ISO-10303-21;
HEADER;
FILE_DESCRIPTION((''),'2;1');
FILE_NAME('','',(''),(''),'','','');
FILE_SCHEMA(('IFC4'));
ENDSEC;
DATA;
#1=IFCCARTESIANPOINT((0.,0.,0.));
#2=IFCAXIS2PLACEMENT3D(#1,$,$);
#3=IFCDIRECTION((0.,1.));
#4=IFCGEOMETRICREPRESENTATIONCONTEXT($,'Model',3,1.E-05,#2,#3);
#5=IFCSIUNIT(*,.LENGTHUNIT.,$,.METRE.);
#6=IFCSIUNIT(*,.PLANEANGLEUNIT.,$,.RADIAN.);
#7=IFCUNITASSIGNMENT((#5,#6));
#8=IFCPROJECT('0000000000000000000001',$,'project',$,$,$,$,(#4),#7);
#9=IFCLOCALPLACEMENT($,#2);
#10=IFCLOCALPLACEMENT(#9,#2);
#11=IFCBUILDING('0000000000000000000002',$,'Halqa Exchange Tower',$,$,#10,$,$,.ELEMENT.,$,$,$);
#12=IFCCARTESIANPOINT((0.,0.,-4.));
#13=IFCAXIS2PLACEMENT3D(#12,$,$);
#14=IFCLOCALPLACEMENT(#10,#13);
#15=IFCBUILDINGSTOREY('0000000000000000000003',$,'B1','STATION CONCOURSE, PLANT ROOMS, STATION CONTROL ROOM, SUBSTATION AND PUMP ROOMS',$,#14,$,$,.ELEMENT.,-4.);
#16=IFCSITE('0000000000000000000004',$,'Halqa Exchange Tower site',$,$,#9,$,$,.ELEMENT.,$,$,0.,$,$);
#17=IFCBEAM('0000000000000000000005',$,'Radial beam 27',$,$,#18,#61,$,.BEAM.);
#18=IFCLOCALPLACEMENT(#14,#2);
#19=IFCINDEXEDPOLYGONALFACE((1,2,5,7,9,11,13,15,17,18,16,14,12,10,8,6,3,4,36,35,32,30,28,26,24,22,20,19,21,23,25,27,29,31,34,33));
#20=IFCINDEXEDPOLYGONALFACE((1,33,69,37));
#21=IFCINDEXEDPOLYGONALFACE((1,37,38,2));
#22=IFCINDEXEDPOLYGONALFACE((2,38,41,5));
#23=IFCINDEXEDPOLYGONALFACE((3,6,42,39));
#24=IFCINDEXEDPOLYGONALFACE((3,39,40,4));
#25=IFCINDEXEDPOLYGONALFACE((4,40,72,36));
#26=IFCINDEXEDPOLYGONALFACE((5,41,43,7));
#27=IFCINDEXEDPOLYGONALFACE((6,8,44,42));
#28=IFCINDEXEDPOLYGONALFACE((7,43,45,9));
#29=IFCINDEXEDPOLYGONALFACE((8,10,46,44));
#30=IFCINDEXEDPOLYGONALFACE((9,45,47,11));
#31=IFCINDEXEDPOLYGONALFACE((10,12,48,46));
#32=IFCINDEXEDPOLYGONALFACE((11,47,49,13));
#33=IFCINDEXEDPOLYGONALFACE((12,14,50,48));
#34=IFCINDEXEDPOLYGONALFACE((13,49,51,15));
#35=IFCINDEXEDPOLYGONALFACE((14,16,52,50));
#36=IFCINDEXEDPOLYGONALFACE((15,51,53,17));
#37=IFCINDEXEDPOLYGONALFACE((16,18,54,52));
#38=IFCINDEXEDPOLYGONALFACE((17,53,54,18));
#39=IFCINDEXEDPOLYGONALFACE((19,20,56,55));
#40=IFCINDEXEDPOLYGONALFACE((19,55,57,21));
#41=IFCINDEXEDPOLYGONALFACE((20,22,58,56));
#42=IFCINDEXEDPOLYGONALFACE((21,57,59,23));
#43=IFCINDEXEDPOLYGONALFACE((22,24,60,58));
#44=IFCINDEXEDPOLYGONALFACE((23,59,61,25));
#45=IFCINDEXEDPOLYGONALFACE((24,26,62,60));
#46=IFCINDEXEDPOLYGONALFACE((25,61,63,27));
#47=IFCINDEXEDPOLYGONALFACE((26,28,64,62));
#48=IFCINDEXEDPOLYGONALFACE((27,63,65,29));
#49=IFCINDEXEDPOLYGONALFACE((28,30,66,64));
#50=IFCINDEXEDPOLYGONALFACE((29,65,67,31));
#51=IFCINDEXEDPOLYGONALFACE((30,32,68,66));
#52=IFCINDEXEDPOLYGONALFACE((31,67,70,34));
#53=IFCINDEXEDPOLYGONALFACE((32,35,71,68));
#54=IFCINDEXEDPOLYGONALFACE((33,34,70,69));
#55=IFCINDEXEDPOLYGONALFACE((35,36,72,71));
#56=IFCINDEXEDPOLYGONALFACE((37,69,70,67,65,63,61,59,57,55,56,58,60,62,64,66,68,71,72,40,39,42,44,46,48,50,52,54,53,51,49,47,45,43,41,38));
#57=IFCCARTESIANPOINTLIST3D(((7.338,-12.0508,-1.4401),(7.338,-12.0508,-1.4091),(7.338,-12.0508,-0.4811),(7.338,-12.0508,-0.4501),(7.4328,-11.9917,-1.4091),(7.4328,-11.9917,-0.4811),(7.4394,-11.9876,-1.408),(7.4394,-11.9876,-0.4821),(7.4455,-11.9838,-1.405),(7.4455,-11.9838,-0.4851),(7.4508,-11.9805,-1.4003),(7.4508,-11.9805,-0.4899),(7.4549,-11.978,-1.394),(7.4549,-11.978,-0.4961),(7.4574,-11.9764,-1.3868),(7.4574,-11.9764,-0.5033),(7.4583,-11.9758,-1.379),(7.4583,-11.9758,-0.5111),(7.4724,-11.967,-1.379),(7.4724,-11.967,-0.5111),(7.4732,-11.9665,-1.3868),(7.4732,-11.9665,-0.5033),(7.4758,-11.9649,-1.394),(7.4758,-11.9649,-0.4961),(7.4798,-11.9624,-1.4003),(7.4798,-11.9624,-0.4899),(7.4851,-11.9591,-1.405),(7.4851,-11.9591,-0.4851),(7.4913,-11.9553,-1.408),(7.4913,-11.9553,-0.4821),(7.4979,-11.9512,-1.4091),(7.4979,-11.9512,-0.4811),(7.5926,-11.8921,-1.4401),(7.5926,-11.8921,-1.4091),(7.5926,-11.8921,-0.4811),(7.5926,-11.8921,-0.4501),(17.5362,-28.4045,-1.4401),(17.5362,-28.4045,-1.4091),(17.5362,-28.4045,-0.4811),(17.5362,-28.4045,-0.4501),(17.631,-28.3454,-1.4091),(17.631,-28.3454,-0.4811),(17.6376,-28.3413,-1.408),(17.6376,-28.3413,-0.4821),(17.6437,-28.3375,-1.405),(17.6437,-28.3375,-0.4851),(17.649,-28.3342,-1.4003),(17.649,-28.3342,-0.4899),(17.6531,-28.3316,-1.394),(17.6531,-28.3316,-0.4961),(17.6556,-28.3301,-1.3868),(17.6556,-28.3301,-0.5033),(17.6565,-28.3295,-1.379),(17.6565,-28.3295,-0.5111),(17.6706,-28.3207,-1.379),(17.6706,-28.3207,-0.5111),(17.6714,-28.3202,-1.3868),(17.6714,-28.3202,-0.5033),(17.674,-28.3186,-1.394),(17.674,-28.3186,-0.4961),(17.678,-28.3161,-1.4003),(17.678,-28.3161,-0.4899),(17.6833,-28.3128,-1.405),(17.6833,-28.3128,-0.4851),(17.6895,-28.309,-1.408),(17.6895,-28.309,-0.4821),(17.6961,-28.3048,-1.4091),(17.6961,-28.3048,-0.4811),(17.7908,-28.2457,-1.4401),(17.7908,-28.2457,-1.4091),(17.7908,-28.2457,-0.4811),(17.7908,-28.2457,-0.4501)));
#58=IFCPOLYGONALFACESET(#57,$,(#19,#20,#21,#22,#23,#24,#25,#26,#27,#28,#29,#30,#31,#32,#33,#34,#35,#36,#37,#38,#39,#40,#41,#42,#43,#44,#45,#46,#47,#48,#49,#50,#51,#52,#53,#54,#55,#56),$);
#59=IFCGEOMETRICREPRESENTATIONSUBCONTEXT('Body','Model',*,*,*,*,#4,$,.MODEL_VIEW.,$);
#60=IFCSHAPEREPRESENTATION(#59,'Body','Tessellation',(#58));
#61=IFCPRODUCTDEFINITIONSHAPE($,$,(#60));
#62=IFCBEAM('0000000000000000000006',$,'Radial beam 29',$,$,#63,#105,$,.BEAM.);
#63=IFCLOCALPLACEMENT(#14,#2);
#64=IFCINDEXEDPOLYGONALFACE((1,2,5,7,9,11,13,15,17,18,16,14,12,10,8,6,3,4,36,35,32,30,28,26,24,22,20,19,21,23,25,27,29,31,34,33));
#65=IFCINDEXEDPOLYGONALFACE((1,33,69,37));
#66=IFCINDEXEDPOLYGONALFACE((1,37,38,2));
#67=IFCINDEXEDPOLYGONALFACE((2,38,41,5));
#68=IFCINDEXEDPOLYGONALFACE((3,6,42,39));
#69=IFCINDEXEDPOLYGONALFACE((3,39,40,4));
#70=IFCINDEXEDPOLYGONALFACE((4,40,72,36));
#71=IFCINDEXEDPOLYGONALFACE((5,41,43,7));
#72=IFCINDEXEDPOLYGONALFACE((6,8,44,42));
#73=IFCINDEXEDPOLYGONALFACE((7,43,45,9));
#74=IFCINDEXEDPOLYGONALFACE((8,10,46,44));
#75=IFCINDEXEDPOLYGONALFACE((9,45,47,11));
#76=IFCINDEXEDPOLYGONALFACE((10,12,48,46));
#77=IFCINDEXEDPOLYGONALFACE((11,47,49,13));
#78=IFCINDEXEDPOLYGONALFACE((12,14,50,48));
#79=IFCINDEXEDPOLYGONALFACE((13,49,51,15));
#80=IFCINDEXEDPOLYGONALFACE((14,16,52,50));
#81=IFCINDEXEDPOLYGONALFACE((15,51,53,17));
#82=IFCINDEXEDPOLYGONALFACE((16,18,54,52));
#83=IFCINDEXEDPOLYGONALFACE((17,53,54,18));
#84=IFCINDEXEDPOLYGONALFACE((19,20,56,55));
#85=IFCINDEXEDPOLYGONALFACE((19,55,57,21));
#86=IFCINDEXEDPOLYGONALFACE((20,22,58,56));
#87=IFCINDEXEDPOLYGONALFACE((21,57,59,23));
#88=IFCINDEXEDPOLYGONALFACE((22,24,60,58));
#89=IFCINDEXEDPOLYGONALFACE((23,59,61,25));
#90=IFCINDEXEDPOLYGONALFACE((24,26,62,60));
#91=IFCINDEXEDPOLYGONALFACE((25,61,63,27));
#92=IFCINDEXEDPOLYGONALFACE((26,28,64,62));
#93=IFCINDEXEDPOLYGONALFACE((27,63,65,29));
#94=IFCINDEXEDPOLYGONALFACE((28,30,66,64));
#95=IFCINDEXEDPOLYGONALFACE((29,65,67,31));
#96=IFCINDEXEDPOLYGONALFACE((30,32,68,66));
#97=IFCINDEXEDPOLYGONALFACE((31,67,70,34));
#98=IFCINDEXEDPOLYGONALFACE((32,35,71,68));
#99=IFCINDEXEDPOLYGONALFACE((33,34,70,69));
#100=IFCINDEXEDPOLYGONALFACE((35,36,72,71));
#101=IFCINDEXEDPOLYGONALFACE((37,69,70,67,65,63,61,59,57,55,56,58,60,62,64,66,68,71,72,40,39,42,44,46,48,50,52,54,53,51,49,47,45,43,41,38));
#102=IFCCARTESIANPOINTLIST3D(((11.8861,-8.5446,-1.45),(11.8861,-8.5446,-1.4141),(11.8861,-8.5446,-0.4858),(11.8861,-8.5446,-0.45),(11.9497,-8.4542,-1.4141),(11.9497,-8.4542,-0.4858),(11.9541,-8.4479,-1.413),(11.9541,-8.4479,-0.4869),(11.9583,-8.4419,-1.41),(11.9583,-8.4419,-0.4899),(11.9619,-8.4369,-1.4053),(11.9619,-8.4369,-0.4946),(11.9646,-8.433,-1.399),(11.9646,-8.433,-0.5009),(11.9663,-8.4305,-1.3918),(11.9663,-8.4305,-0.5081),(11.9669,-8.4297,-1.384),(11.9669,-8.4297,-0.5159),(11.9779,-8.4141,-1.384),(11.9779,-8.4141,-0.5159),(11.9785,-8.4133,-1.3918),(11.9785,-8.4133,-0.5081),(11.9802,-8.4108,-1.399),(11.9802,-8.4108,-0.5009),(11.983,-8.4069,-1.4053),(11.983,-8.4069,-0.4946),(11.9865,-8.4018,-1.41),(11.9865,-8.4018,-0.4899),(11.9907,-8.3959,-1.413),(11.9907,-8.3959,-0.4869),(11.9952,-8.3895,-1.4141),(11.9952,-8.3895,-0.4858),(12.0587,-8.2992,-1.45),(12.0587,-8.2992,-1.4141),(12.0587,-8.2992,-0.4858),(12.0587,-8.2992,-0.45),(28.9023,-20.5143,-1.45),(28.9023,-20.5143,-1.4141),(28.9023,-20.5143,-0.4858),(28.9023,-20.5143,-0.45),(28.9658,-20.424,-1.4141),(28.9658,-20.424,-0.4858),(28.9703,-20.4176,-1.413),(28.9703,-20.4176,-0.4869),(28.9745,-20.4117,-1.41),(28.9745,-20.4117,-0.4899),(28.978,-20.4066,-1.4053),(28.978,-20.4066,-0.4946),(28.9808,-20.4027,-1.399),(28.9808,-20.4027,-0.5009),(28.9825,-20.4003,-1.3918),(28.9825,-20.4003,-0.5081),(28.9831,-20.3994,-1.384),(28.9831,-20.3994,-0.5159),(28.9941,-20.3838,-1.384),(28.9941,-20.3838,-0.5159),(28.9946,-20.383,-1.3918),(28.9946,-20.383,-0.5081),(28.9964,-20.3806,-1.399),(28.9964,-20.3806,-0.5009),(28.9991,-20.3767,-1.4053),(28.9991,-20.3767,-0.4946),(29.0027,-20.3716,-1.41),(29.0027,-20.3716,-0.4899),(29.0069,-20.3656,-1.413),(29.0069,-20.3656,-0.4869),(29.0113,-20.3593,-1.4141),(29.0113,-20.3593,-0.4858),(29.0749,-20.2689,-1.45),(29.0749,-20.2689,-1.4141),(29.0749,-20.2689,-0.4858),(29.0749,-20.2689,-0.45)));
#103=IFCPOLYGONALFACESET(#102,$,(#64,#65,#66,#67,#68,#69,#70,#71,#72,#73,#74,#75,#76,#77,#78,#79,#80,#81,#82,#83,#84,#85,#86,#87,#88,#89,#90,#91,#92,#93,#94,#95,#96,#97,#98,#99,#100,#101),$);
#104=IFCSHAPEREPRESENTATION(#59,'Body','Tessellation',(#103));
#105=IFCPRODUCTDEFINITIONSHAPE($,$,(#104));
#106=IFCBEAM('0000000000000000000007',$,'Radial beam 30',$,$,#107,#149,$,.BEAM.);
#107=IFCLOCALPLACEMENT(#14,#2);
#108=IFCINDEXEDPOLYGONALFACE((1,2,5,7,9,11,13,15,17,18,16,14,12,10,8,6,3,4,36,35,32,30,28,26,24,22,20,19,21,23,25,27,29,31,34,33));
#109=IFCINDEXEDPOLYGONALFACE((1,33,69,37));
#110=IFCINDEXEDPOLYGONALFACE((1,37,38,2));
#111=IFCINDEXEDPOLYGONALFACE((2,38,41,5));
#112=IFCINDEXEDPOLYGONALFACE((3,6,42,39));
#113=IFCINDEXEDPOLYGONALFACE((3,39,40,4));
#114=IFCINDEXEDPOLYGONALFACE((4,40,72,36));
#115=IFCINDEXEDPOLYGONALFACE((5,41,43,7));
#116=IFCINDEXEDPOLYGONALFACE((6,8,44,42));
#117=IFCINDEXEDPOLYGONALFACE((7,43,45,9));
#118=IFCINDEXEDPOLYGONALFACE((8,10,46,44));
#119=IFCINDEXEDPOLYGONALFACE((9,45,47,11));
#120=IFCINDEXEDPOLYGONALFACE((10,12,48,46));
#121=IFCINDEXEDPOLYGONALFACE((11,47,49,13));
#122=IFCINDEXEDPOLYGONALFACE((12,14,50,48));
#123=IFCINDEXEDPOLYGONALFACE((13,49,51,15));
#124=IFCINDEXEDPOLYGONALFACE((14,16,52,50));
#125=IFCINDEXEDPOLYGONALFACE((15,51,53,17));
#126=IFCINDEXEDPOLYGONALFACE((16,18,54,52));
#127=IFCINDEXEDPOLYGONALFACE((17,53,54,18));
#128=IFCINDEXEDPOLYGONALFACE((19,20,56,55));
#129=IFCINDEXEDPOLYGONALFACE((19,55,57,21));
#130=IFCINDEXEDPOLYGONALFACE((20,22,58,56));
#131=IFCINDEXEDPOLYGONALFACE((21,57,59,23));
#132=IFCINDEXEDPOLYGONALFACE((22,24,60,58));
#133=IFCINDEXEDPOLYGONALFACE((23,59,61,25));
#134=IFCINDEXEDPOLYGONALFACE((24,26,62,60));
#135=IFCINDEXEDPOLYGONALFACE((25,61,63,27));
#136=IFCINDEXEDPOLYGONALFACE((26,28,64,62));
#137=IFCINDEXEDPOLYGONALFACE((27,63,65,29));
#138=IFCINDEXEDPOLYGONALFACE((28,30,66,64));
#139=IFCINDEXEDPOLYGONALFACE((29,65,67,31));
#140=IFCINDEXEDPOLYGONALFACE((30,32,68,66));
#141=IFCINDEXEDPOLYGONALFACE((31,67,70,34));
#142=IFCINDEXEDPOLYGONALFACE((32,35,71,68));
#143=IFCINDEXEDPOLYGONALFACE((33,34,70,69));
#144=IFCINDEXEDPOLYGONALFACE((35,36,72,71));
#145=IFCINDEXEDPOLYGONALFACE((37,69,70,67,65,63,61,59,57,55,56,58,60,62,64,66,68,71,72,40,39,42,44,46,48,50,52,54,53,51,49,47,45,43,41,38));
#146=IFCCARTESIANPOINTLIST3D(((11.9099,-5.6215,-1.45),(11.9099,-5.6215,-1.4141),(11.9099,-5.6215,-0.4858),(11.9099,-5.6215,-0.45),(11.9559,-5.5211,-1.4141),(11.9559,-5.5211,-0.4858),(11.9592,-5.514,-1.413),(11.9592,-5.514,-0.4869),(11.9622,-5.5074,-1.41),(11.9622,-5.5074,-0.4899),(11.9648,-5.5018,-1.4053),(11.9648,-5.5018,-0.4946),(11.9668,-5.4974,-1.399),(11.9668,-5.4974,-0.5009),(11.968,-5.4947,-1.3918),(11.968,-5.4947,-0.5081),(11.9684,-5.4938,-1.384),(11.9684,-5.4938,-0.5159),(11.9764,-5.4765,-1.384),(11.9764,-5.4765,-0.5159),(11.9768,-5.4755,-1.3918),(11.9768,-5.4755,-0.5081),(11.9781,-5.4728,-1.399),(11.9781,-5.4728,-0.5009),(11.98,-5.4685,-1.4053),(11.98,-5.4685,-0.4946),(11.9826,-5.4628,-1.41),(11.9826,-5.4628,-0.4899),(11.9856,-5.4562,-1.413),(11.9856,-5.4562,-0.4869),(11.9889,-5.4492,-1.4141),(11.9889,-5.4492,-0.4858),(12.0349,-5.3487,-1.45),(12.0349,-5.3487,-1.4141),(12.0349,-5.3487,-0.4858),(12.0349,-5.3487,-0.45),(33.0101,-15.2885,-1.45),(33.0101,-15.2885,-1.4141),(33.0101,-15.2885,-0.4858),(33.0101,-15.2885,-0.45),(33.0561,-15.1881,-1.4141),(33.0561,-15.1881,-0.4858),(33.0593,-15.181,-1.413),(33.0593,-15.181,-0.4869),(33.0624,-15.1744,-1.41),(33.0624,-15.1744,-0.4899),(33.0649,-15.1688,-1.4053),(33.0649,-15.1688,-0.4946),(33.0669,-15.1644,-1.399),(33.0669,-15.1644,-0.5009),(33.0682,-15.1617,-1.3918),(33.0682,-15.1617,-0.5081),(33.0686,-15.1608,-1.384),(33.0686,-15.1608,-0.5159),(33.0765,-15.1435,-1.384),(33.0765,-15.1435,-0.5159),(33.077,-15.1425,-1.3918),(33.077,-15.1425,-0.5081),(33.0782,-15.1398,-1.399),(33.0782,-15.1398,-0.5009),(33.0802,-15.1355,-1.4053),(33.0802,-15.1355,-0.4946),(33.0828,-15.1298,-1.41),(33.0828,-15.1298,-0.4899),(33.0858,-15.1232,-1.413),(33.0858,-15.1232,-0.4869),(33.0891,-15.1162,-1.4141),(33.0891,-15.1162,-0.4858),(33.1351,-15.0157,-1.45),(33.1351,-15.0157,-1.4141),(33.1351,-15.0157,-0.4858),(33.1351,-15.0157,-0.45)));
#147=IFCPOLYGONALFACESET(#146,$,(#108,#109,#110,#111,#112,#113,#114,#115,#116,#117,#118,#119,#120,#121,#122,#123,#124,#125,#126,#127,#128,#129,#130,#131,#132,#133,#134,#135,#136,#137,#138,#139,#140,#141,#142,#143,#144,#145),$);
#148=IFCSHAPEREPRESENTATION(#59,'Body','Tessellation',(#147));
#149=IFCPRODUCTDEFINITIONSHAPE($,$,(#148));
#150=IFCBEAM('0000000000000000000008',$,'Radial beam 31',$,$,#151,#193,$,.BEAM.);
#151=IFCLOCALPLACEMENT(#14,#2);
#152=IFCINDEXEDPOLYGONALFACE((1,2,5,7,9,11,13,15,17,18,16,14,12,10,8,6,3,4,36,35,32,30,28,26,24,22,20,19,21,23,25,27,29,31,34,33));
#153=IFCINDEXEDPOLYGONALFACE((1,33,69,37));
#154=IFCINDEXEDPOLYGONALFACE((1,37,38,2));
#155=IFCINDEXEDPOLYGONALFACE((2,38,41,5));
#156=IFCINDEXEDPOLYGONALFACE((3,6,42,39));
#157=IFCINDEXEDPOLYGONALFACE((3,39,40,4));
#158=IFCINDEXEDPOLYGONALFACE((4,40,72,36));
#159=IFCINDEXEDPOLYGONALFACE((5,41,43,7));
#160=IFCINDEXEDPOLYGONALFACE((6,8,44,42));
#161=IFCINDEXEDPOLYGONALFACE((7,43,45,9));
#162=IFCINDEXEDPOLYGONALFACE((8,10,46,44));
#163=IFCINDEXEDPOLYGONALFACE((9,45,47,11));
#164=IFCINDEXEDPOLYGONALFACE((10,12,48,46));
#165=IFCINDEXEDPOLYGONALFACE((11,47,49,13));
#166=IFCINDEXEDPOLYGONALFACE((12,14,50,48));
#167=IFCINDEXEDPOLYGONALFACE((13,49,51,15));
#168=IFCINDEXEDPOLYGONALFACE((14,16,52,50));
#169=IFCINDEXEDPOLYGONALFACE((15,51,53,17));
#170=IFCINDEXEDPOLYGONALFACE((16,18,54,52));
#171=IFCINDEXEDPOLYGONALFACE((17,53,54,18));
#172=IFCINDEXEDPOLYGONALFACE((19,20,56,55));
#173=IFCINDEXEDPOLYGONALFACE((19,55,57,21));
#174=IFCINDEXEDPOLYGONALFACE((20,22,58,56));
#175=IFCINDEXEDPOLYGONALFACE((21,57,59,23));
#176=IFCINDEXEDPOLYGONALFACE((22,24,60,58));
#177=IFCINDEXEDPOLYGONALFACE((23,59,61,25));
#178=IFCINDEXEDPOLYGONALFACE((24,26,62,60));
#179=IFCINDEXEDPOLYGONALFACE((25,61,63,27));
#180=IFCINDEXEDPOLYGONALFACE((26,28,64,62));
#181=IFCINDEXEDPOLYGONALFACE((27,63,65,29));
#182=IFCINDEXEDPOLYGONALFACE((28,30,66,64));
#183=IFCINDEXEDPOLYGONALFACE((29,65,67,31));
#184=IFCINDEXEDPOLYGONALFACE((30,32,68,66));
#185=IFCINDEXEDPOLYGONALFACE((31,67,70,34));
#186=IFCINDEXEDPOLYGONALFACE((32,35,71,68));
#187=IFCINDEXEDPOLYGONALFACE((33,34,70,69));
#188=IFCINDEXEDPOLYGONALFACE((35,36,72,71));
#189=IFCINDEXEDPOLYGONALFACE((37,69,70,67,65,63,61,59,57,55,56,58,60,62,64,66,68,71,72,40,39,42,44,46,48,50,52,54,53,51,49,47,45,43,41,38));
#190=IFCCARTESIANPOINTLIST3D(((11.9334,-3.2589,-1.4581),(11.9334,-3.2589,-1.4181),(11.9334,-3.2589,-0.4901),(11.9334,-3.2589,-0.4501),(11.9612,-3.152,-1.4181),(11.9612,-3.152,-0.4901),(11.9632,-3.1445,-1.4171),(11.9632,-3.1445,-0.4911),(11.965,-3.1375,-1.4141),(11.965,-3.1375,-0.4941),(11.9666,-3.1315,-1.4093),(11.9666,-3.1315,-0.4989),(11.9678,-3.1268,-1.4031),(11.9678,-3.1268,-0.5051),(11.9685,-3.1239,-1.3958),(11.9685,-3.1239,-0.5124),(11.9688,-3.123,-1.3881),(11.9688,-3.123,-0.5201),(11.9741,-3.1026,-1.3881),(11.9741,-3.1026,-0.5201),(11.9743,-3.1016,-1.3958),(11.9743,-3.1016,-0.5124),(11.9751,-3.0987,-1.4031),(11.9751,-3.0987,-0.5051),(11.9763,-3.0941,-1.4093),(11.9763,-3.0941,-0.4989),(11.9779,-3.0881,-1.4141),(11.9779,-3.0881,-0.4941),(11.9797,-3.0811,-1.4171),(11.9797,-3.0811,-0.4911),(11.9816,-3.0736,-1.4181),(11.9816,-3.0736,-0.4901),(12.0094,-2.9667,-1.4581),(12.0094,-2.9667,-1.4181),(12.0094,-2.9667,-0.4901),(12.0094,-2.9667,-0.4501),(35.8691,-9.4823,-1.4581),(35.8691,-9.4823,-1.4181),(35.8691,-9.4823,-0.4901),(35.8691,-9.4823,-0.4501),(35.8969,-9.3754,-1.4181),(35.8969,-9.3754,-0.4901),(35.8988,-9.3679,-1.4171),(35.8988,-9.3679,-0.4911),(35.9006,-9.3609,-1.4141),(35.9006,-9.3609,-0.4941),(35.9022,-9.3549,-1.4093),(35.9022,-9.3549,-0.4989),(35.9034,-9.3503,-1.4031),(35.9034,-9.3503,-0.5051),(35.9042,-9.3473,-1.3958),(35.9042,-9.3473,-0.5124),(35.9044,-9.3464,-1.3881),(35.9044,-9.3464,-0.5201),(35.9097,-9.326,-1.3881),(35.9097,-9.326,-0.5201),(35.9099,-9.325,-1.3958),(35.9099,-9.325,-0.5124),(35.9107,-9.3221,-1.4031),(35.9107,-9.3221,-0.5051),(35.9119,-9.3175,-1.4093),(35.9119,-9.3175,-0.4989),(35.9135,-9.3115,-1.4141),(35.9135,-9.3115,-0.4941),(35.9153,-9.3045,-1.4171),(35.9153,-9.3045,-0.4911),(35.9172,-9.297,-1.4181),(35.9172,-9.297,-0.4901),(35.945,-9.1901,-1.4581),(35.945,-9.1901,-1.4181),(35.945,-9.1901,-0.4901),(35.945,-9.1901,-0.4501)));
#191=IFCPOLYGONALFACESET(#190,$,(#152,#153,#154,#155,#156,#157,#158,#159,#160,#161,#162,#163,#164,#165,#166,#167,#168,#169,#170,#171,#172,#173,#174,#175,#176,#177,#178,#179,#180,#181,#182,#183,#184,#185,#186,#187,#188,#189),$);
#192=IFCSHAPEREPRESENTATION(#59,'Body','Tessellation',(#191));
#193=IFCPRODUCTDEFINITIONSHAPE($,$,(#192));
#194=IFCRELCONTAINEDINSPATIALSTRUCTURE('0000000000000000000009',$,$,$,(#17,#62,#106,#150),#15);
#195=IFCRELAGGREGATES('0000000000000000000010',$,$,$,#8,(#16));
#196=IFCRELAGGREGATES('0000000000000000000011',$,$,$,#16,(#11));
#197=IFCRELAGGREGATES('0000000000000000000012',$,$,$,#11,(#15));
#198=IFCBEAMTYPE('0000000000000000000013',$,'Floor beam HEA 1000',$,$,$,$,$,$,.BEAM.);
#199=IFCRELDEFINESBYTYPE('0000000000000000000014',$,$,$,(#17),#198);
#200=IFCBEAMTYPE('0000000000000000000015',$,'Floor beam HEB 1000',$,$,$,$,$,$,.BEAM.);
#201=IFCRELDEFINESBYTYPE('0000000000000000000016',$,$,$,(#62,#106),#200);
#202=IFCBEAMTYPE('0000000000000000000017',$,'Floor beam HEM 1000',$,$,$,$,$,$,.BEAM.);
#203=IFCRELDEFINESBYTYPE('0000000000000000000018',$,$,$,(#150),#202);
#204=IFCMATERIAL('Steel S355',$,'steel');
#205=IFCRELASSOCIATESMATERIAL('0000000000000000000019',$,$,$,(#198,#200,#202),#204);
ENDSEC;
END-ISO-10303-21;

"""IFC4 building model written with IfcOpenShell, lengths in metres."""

from ifc_helpers import new_model, si_unit, direction, frame, origin, origin_2d, place, context, subcontext, project, spatial, i_section, extrude, material, material_profile, profile_set, type_object, element, save


model = new_model("IFC4")

# Units and contexts
model_context = context("Model", 3, precision=1e-05, world=origin(), true_north=direction((0.0, 1.0)))
body_context = subcontext(model_context, "Body", "Model", "MODEL_VIEW")
ifc_project = project(units=[si_unit("LENGTHUNIT", "METRE"), si_unit("PLANEANGLEUNIT", "RADIAN")], contexts=[model_context])

# Site, building, storey
site_placement = place(None, origin())
site = spatial("IfcSite", under=ifc_project, at=site_placement, Name="Halqa Exchange Tower site", CompositionType="ELEMENT", RefElevation=0.0)
building_placement = place(site_placement, origin())
building = spatial("IfcBuilding", under=site, at=building_placement, Name="Halqa Exchange Tower", CompositionType="ELEMENT")
storey_placement = place(building_placement, frame((0.0, 0.0, -4.0)))
storey = spatial("IfcBuildingStorey", under=building, at=storey_placement, Name="B1", Description="STATION CONCOURSE, PLANT ROOMS, STATION CONTROL ROOM, SUBSTATION AND PUMP ROOMS", CompositionType="ELEMENT", Elevation=-4.0)

# Beams
ifc_material_1 = material(Name="Steel S355", Category="steel")
ifc_material_profile_1 = material_profile(ifc_material_1, i_section(OverallWidth=0.3, OverallDepth=0.99, WebThickness=0.0166, FlangeThickness=0.031, FilletRadius=0.03, at=origin_2d()), Name="HEA 1000")
ifc_profile_set_1 = profile_set([ifc_material_profile_1], Name="Steel S355")
beam_type_1 = type_object("IfcBeamType", Name="Floor beam HEA 1000", PredefinedType="BEAM", material=ifc_profile_set_1)
beam_1_placement = place(storey_placement, frame((7.4653, -11.9714, -0.9451), z_axis=(0.529146, -0.848531, 0.0), x_axis=(0.848531, 0.529146, 0.0)))
element("IfcBeam", 1, at=beam_1_placement, inside=storey, type_object=beam_type_1, Name="Radial beam 27", PredefinedType="BEAM", context=body_context, shape_type="SweptSolid", body=[
    extrude(i_section(OverallWidth=0.3, OverallDepth=0.99, WebThickness=0.0166, FlangeThickness=0.031, FilletRadius=0.03, at=origin_2d()), origin(), (0.0, 0.0, 1.0), 19.2729),
])
ifc_material_profile_2 = material_profile(ifc_material_1, i_section(OverallWidth=0.3, OverallDepth=1.0, WebThickness=0.019, FlangeThickness=0.0359, FilletRadius=0.03, at=origin_2d()), Name="HEB 1000")
ifc_profile_set_2 = profile_set([ifc_material_profile_2], Name="Steel S355")
beam_type_2 = type_object("IfcBeamType", Name="Floor beam HEB 1000", PredefinedType="BEAM", material=ifc_profile_set_2)
beam_2_placement = place(storey_placement, frame((11.9724, -8.4219, -0.95), z_axis=(0.81791, -0.575346, 0.0), x_axis=(0.575346, 0.81791, 0.0)))
element("IfcBeam", 2, at=beam_2_placement, inside=storey, type_object=beam_type_2, Name="Radial beam 29", PredefinedType="BEAM", context=body_context, shape_type="SweptSolid", body=[
    extrude(i_section(OverallWidth=0.3, OverallDepth=1.0, WebThickness=0.019, FlangeThickness=0.0359, FilletRadius=0.03, at=origin_2d()), origin(), (0.0, 0.0, 1.0), 20.8044),
])
beam_3_placement = place(storey_placement, frame((11.9724, -5.4851, -0.95), z_axis=(0.909128, -0.416516, 0.0), x_axis=(0.416516, 0.909128, 0.0)))
element("IfcBeam", 3, at=beam_3_placement, inside=storey, type_object=beam_type_2, Name="Radial beam 30", PredefinedType="BEAM", context=body_context, shape_type="SweptSolid", body=[
    extrude(i_section(OverallWidth=0.3, OverallDepth=1.0, WebThickness=0.019, FlangeThickness=0.0359, FilletRadius=0.03, at=origin_2d()), origin(), (0.0, 0.0, 1.0), 23.2092),
])
ifc_material_profile_3 = material_profile(ifc_material_1, i_section(OverallWidth=0.302, OverallDepth=1.0081, WebThickness=0.021, FlangeThickness=0.04, FilletRadius=0.03, at=origin_2d()), Name="HEM 1000")
ifc_profile_set_3 = profile_set([ifc_material_profile_3], Name="Steel S355")
beam_type_3 = type_object("IfcBeamType", Name="Floor beam HEM 1000", PredefinedType="BEAM", material=ifc_profile_set_3)
beam_4_placement = place(storey_placement, frame((11.9714, -3.1128, -0.9541), z_axis=(0.967821, -0.251639, 0.0), x_axis=(0.251639, 0.967821, 0.0)))
element("IfcBeam", 4, at=beam_4_placement, inside=storey, type_object=beam_type_3, Name="Radial beam 31", PredefinedType="BEAM", context=body_context, shape_type="SweptSolid", body=[
    extrude(i_section(OverallWidth=0.302, OverallDepth=1.0081, WebThickness=0.021, FlangeThickness=0.04, FilletRadius=0.03, at=origin_2d()), origin(), (0.0, 0.0, 1.0), 24.7314),
])

save(model, "model.ifc")
